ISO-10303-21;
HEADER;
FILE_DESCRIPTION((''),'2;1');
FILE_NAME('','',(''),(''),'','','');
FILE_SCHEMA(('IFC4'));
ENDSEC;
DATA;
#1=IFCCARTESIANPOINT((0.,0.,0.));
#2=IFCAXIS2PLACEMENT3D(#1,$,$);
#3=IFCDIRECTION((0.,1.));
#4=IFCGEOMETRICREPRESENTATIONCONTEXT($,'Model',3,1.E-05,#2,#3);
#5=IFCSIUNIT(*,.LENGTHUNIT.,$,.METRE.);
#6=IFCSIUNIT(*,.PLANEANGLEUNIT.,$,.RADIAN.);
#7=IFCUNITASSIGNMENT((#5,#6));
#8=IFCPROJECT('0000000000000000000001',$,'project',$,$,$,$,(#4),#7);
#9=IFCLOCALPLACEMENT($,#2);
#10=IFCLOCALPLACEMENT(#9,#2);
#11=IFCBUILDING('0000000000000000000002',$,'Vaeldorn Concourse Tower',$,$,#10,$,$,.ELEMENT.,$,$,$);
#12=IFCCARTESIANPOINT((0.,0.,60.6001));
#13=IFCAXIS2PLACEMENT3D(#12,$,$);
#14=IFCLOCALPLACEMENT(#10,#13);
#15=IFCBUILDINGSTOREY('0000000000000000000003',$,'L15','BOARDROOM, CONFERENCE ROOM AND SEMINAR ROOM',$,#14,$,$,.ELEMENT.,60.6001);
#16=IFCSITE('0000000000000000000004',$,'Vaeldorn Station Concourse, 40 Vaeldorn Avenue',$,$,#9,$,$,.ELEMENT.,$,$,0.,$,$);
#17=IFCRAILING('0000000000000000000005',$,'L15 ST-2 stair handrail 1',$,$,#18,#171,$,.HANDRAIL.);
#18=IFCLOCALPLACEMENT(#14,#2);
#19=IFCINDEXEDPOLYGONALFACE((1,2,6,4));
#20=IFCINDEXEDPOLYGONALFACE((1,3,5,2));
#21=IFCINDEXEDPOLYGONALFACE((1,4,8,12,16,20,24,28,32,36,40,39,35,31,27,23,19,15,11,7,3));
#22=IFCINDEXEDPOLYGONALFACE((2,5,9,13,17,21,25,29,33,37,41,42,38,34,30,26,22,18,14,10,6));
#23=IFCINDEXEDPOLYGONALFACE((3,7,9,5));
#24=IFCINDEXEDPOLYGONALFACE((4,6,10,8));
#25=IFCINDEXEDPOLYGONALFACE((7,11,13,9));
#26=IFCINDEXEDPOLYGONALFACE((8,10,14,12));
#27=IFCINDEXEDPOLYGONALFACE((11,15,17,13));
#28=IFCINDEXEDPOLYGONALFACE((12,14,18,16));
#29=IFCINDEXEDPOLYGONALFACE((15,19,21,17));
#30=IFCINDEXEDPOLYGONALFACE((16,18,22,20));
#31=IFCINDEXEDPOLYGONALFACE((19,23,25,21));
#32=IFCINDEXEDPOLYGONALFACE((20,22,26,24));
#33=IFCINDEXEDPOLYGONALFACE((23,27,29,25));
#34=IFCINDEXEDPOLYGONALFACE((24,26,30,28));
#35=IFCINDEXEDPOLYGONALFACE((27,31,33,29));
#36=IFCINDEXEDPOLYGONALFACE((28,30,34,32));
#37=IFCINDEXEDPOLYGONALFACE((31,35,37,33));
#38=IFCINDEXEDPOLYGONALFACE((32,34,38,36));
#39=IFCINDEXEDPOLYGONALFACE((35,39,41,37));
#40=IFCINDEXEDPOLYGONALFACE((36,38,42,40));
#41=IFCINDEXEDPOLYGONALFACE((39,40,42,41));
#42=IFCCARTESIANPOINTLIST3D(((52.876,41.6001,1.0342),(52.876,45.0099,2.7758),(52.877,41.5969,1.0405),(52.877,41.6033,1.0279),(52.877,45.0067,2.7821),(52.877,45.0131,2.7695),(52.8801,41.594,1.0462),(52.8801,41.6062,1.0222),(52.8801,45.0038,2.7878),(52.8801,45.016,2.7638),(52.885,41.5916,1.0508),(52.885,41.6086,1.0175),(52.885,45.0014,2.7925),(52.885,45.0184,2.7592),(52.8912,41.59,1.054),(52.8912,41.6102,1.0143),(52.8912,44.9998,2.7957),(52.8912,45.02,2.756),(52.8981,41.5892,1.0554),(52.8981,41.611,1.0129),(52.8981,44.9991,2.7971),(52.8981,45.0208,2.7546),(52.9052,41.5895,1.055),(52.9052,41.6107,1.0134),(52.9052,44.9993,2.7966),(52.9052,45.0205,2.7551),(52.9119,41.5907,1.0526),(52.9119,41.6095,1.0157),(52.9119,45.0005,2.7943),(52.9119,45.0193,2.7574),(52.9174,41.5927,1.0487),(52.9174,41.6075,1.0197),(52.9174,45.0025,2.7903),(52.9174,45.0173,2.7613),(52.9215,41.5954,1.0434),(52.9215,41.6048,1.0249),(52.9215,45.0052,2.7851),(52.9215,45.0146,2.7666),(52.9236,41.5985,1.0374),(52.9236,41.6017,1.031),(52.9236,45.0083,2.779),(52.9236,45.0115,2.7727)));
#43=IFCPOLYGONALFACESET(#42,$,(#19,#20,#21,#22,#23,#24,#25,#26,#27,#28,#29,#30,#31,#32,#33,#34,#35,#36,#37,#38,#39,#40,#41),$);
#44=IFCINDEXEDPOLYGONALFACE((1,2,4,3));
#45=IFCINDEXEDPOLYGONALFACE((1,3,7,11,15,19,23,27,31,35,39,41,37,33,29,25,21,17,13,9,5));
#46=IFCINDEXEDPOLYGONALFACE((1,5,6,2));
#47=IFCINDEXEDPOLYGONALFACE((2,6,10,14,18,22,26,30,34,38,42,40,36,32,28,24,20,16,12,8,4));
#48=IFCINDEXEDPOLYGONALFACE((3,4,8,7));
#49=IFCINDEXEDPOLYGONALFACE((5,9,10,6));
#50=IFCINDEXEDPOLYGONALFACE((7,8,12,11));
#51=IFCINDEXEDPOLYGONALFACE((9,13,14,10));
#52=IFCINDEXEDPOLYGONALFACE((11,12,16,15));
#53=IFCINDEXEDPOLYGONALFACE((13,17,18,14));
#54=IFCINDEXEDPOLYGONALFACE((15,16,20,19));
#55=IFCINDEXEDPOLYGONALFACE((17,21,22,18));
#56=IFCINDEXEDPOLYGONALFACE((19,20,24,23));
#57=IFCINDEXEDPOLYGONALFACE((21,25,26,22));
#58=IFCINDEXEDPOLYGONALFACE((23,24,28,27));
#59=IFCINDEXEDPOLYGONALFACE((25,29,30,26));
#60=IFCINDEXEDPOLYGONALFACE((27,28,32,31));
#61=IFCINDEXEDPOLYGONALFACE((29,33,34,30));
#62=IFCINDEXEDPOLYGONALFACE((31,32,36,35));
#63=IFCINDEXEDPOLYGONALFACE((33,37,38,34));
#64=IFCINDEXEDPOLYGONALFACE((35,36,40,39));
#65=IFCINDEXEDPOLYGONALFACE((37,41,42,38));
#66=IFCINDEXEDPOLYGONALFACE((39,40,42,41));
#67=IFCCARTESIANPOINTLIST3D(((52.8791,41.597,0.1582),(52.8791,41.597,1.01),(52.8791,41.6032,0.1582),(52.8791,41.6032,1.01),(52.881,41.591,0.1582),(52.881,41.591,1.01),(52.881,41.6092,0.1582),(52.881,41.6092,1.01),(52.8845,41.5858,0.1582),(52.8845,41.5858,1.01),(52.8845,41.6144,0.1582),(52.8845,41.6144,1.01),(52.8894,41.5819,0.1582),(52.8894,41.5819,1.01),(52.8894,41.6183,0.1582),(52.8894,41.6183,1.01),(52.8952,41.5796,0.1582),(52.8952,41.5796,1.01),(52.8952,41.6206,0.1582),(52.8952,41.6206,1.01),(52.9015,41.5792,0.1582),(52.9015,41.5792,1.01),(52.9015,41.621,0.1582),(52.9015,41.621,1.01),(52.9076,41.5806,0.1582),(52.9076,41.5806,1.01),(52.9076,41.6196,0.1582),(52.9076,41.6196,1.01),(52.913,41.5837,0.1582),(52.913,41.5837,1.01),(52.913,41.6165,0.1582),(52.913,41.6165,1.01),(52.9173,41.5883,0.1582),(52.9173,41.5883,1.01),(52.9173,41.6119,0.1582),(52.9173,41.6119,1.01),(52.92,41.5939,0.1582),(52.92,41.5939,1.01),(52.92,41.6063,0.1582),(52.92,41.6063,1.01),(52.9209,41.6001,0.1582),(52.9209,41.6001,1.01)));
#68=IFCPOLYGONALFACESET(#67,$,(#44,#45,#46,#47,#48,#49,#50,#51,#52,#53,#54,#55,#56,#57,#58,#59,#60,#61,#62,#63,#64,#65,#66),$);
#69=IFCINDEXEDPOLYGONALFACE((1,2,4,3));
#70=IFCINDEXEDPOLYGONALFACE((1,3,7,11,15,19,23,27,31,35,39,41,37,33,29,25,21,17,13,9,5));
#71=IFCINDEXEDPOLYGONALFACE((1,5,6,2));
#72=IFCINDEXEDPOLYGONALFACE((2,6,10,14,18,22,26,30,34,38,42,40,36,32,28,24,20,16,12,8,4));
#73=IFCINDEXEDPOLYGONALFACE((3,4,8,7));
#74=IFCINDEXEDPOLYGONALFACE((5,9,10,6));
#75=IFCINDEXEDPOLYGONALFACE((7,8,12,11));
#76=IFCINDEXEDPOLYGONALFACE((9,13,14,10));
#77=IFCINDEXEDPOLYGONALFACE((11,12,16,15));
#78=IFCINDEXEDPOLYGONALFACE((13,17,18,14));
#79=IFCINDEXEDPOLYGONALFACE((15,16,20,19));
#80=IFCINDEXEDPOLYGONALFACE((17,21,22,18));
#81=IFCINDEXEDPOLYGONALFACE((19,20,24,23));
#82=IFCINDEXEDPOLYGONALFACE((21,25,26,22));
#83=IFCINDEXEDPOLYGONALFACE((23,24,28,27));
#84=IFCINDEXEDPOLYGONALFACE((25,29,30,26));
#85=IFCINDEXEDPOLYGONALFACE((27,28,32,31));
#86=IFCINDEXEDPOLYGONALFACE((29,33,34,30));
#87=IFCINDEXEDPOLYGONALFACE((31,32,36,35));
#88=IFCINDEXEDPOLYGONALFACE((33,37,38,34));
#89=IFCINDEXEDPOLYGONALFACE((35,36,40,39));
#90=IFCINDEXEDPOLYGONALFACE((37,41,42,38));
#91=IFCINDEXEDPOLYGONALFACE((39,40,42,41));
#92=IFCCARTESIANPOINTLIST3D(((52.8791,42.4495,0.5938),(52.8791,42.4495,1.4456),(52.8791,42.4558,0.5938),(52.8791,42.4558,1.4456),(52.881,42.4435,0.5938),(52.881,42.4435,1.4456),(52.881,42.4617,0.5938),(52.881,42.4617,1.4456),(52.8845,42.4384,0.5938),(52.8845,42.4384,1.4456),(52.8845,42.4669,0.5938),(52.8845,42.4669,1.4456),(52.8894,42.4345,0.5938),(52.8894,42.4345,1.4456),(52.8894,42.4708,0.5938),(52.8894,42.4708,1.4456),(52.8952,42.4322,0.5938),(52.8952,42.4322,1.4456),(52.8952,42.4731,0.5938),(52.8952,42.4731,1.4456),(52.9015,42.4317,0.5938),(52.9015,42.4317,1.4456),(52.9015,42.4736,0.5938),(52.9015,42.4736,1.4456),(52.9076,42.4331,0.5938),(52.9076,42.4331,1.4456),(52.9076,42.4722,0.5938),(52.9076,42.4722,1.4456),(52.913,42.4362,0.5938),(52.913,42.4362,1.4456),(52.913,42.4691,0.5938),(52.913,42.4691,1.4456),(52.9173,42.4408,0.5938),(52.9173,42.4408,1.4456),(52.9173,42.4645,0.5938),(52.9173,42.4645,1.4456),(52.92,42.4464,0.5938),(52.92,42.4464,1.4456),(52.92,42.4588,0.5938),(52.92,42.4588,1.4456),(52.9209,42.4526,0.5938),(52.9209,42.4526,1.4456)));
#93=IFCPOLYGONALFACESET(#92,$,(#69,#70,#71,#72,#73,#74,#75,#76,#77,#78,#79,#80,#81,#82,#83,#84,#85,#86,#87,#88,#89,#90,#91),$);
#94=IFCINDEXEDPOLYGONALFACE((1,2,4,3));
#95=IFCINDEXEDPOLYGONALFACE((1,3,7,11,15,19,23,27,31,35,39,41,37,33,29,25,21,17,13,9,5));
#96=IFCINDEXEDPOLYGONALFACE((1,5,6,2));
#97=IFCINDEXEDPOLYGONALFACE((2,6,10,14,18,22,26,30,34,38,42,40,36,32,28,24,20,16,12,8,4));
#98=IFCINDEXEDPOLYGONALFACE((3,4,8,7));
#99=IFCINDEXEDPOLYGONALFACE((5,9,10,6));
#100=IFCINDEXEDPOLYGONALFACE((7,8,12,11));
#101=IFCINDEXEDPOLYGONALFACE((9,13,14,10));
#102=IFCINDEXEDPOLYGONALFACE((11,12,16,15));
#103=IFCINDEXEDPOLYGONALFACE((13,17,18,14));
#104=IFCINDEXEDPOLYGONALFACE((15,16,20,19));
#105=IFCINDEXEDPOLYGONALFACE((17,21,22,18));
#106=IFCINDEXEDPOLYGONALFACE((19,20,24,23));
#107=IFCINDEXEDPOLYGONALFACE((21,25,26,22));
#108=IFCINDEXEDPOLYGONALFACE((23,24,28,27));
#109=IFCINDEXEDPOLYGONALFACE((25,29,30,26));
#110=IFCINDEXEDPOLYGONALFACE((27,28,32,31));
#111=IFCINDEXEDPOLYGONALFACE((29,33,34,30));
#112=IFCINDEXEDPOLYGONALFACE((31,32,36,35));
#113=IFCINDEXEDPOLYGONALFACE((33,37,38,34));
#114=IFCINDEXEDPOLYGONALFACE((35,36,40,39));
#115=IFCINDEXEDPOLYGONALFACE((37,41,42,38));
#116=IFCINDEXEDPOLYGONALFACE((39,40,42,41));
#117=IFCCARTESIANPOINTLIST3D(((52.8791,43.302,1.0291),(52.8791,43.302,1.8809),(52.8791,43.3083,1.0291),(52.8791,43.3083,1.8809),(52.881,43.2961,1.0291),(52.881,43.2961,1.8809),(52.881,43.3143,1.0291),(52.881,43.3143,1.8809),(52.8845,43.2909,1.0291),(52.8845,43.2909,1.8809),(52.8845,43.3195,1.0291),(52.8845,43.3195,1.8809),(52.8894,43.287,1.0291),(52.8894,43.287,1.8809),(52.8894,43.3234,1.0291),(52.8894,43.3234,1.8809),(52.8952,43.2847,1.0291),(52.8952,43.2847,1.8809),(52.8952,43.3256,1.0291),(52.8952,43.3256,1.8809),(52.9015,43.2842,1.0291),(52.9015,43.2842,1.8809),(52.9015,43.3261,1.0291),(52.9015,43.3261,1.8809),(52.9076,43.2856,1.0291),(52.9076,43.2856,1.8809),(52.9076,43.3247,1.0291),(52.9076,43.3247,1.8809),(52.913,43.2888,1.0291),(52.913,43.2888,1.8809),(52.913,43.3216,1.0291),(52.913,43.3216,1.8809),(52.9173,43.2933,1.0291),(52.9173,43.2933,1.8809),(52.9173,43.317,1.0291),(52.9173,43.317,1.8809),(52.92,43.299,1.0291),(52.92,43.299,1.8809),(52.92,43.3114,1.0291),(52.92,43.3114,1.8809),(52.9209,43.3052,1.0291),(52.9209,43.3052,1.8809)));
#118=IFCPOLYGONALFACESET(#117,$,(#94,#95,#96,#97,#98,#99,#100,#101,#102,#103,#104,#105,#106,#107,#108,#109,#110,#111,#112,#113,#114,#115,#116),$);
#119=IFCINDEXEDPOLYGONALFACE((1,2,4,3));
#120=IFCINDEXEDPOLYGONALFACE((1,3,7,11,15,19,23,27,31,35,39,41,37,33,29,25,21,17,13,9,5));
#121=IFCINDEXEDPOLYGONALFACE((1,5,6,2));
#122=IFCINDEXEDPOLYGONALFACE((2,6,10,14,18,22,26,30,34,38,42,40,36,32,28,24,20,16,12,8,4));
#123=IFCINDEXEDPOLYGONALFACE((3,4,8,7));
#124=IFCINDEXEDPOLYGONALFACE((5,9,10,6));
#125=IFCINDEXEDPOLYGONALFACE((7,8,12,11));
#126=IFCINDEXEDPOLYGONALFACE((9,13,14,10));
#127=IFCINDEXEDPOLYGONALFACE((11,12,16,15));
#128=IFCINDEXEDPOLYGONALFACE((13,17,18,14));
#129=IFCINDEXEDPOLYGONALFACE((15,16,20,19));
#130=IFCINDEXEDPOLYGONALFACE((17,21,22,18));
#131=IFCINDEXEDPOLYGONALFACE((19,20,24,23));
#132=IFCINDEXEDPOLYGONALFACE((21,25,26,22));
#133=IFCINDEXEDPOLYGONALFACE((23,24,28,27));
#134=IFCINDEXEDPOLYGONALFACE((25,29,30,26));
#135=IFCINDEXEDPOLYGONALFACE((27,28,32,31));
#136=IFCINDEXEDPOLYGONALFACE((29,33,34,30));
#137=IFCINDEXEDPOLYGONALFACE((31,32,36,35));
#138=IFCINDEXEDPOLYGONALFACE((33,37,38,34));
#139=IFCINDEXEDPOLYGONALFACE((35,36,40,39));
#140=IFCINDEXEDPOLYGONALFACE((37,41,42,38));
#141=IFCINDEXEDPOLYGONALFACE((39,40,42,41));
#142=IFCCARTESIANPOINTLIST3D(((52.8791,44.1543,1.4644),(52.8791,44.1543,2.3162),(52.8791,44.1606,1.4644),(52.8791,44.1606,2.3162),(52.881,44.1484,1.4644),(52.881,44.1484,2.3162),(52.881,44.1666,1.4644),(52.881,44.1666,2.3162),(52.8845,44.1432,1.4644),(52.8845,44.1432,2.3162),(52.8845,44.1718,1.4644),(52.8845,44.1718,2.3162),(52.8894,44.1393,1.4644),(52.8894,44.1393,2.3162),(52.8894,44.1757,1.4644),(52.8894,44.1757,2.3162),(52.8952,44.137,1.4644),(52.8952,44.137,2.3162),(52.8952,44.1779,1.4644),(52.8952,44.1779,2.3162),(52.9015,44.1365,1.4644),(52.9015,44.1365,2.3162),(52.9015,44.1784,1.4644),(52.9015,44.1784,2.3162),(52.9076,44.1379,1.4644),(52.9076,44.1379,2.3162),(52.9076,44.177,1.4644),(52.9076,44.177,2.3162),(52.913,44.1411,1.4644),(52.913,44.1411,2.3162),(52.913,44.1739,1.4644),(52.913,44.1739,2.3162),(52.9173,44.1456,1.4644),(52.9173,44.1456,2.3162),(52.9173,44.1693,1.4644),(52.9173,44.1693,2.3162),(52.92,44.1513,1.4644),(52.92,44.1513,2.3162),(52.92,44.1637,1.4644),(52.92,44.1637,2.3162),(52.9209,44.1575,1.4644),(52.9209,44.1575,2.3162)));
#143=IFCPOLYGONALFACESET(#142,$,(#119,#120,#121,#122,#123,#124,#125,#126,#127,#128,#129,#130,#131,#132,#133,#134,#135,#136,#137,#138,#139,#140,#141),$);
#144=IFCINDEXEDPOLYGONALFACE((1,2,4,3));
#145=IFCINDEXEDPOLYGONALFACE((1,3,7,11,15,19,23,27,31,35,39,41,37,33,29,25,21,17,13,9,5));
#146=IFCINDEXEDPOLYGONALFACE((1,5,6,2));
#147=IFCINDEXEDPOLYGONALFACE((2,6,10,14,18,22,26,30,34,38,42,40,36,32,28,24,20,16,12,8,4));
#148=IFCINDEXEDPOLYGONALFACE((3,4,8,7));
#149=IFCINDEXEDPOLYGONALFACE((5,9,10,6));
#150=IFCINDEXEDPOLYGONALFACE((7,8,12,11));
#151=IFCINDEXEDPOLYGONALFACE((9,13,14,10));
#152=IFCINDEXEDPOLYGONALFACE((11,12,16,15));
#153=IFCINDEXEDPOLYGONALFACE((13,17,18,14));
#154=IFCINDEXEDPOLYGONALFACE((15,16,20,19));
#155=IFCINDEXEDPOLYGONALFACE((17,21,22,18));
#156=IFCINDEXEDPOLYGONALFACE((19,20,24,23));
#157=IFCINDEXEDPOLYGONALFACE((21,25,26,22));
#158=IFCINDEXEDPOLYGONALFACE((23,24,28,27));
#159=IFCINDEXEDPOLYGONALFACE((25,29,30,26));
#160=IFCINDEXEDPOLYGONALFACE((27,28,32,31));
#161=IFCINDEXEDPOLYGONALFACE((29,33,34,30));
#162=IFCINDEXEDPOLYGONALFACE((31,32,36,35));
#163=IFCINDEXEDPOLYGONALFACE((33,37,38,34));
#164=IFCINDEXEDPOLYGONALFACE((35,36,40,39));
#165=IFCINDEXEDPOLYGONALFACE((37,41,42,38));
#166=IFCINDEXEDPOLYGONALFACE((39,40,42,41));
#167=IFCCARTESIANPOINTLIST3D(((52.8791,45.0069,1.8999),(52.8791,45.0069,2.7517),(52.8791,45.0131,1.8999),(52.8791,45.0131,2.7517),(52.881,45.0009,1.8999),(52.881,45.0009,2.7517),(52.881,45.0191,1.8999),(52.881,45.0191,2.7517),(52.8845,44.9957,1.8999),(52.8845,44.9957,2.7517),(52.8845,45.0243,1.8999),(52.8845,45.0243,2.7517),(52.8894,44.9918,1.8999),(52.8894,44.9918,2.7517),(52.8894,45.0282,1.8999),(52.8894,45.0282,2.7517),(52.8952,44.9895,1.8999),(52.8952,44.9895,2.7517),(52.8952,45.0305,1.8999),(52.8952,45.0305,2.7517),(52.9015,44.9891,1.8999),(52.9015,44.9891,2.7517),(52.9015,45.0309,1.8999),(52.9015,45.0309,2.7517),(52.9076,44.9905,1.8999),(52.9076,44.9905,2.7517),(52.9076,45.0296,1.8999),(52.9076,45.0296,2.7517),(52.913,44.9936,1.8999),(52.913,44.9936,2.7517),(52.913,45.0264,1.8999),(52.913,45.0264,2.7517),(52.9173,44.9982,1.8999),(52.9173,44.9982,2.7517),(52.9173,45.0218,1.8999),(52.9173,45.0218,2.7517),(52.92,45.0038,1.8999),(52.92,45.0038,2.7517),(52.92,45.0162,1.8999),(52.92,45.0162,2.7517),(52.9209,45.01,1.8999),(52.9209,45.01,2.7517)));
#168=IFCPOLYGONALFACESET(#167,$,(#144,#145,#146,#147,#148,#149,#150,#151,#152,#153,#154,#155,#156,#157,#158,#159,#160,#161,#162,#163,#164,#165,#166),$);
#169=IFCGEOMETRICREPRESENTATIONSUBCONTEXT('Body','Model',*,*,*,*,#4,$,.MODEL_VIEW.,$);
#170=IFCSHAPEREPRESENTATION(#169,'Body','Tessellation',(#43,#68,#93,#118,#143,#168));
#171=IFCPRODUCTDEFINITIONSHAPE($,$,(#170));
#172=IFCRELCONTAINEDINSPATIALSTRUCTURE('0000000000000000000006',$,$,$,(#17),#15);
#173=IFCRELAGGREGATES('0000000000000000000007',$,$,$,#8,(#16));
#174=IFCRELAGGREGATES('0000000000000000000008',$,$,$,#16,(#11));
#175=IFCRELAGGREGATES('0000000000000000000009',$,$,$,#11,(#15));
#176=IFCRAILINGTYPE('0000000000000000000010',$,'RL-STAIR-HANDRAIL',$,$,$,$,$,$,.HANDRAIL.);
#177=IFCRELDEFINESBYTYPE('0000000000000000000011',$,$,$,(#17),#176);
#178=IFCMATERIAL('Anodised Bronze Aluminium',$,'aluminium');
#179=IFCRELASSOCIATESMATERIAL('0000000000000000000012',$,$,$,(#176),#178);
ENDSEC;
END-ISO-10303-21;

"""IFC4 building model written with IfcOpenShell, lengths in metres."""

from ifc_helpers import new_model, si_unit, direction, frame, origin, origin_2d, place, context, subcontext, project, spatial, circle, extrude, material, type_object, element, save


model = new_model("IFC4")

# Units and contexts
model_context = context("Model", 3, precision=1e-05, world=origin(), true_north=direction((0.0, 1.0)))
body_context = subcontext(model_context, "Body", "Model", "MODEL_VIEW")
ifc_project = project(units=[si_unit("LENGTHUNIT", "METRE"), si_unit("PLANEANGLEUNIT", "RADIAN")], contexts=[model_context])

# Site, building, storey
site_placement = place(None, origin())
site = spatial("IfcSite", under=ifc_project, at=site_placement, Name="Vaeldorn Station Concourse, 40 Vaeldorn Avenue", CompositionType="ELEMENT", RefElevation=0.0)
building_placement = place(site_placement, origin())
building = spatial("IfcBuilding", under=site, at=building_placement, Name="Vaeldorn Concourse Tower", CompositionType="ELEMENT")
storey_placement = place(building_placement, frame((0.0, 0.0, 60.6001)))
storey = spatial("IfcBuildingStorey", under=building, at=storey_placement, Name="L15", Description="BOARDROOM, CONFERENCE ROOM AND SEMINAR ROOM", CompositionType="ELEMENT", Elevation=60.6001)

# Shared definitions
ifc_material_1 = material(Name="Anodised Bronze Aluminium", Category="aluminium")

# Railing
railing_type_1 = type_object("IfcRailingType", Name="RL-STAIR-HANDRAIL", PredefinedType="HANDRAIL", material=ifc_material_1)
railing_1_placement = place(storey_placement, frame((52.8999, 41.6001, 0.1582)))
element("IfcRailing", 1, at=railing_1_placement, inside=storey, type_object=railing_type_1, Name="L15 ST-2 stair handrail 1", PredefinedType="HANDRAIL", context=body_context, shape_type="SweptSolid", body=[
    extrude(circle(Radius=0.0239, at=origin_2d()), frame((0.0, 0.0, 0.876), z_axis=(0.0, 0.890556, 0.454874), x_axis=(-1.0, 0.0, 0.0)), (0.0, 0.0, 1.0), 3.8289),
    extrude(circle(Radius=0.021, at=origin_2d()), origin(), (0.0, 0.0, 1.0), 0.8518),
    extrude(circle(Radius=0.021, at=origin_2d()), frame((0.0, 0.8525, 0.4355)), (0.0, 0.0, 1.0), 0.8518),
    extrude(circle(Radius=0.021, at=origin_2d()), frame((0.0, 1.7051, 0.8708)), (0.0, 0.0, 1.0), 0.8518),
    extrude(circle(Radius=0.021, at=origin_2d()), frame((0.0, 2.5574, 1.3062)), (0.0, 0.0, 1.0), 0.8518),
    extrude(circle(Radius=0.021, at=origin_2d()), frame((0.0, 3.4099, 1.7417)), (0.0, 0.0, 1.0), 0.8518),
])

save(model, "model.ifc")
